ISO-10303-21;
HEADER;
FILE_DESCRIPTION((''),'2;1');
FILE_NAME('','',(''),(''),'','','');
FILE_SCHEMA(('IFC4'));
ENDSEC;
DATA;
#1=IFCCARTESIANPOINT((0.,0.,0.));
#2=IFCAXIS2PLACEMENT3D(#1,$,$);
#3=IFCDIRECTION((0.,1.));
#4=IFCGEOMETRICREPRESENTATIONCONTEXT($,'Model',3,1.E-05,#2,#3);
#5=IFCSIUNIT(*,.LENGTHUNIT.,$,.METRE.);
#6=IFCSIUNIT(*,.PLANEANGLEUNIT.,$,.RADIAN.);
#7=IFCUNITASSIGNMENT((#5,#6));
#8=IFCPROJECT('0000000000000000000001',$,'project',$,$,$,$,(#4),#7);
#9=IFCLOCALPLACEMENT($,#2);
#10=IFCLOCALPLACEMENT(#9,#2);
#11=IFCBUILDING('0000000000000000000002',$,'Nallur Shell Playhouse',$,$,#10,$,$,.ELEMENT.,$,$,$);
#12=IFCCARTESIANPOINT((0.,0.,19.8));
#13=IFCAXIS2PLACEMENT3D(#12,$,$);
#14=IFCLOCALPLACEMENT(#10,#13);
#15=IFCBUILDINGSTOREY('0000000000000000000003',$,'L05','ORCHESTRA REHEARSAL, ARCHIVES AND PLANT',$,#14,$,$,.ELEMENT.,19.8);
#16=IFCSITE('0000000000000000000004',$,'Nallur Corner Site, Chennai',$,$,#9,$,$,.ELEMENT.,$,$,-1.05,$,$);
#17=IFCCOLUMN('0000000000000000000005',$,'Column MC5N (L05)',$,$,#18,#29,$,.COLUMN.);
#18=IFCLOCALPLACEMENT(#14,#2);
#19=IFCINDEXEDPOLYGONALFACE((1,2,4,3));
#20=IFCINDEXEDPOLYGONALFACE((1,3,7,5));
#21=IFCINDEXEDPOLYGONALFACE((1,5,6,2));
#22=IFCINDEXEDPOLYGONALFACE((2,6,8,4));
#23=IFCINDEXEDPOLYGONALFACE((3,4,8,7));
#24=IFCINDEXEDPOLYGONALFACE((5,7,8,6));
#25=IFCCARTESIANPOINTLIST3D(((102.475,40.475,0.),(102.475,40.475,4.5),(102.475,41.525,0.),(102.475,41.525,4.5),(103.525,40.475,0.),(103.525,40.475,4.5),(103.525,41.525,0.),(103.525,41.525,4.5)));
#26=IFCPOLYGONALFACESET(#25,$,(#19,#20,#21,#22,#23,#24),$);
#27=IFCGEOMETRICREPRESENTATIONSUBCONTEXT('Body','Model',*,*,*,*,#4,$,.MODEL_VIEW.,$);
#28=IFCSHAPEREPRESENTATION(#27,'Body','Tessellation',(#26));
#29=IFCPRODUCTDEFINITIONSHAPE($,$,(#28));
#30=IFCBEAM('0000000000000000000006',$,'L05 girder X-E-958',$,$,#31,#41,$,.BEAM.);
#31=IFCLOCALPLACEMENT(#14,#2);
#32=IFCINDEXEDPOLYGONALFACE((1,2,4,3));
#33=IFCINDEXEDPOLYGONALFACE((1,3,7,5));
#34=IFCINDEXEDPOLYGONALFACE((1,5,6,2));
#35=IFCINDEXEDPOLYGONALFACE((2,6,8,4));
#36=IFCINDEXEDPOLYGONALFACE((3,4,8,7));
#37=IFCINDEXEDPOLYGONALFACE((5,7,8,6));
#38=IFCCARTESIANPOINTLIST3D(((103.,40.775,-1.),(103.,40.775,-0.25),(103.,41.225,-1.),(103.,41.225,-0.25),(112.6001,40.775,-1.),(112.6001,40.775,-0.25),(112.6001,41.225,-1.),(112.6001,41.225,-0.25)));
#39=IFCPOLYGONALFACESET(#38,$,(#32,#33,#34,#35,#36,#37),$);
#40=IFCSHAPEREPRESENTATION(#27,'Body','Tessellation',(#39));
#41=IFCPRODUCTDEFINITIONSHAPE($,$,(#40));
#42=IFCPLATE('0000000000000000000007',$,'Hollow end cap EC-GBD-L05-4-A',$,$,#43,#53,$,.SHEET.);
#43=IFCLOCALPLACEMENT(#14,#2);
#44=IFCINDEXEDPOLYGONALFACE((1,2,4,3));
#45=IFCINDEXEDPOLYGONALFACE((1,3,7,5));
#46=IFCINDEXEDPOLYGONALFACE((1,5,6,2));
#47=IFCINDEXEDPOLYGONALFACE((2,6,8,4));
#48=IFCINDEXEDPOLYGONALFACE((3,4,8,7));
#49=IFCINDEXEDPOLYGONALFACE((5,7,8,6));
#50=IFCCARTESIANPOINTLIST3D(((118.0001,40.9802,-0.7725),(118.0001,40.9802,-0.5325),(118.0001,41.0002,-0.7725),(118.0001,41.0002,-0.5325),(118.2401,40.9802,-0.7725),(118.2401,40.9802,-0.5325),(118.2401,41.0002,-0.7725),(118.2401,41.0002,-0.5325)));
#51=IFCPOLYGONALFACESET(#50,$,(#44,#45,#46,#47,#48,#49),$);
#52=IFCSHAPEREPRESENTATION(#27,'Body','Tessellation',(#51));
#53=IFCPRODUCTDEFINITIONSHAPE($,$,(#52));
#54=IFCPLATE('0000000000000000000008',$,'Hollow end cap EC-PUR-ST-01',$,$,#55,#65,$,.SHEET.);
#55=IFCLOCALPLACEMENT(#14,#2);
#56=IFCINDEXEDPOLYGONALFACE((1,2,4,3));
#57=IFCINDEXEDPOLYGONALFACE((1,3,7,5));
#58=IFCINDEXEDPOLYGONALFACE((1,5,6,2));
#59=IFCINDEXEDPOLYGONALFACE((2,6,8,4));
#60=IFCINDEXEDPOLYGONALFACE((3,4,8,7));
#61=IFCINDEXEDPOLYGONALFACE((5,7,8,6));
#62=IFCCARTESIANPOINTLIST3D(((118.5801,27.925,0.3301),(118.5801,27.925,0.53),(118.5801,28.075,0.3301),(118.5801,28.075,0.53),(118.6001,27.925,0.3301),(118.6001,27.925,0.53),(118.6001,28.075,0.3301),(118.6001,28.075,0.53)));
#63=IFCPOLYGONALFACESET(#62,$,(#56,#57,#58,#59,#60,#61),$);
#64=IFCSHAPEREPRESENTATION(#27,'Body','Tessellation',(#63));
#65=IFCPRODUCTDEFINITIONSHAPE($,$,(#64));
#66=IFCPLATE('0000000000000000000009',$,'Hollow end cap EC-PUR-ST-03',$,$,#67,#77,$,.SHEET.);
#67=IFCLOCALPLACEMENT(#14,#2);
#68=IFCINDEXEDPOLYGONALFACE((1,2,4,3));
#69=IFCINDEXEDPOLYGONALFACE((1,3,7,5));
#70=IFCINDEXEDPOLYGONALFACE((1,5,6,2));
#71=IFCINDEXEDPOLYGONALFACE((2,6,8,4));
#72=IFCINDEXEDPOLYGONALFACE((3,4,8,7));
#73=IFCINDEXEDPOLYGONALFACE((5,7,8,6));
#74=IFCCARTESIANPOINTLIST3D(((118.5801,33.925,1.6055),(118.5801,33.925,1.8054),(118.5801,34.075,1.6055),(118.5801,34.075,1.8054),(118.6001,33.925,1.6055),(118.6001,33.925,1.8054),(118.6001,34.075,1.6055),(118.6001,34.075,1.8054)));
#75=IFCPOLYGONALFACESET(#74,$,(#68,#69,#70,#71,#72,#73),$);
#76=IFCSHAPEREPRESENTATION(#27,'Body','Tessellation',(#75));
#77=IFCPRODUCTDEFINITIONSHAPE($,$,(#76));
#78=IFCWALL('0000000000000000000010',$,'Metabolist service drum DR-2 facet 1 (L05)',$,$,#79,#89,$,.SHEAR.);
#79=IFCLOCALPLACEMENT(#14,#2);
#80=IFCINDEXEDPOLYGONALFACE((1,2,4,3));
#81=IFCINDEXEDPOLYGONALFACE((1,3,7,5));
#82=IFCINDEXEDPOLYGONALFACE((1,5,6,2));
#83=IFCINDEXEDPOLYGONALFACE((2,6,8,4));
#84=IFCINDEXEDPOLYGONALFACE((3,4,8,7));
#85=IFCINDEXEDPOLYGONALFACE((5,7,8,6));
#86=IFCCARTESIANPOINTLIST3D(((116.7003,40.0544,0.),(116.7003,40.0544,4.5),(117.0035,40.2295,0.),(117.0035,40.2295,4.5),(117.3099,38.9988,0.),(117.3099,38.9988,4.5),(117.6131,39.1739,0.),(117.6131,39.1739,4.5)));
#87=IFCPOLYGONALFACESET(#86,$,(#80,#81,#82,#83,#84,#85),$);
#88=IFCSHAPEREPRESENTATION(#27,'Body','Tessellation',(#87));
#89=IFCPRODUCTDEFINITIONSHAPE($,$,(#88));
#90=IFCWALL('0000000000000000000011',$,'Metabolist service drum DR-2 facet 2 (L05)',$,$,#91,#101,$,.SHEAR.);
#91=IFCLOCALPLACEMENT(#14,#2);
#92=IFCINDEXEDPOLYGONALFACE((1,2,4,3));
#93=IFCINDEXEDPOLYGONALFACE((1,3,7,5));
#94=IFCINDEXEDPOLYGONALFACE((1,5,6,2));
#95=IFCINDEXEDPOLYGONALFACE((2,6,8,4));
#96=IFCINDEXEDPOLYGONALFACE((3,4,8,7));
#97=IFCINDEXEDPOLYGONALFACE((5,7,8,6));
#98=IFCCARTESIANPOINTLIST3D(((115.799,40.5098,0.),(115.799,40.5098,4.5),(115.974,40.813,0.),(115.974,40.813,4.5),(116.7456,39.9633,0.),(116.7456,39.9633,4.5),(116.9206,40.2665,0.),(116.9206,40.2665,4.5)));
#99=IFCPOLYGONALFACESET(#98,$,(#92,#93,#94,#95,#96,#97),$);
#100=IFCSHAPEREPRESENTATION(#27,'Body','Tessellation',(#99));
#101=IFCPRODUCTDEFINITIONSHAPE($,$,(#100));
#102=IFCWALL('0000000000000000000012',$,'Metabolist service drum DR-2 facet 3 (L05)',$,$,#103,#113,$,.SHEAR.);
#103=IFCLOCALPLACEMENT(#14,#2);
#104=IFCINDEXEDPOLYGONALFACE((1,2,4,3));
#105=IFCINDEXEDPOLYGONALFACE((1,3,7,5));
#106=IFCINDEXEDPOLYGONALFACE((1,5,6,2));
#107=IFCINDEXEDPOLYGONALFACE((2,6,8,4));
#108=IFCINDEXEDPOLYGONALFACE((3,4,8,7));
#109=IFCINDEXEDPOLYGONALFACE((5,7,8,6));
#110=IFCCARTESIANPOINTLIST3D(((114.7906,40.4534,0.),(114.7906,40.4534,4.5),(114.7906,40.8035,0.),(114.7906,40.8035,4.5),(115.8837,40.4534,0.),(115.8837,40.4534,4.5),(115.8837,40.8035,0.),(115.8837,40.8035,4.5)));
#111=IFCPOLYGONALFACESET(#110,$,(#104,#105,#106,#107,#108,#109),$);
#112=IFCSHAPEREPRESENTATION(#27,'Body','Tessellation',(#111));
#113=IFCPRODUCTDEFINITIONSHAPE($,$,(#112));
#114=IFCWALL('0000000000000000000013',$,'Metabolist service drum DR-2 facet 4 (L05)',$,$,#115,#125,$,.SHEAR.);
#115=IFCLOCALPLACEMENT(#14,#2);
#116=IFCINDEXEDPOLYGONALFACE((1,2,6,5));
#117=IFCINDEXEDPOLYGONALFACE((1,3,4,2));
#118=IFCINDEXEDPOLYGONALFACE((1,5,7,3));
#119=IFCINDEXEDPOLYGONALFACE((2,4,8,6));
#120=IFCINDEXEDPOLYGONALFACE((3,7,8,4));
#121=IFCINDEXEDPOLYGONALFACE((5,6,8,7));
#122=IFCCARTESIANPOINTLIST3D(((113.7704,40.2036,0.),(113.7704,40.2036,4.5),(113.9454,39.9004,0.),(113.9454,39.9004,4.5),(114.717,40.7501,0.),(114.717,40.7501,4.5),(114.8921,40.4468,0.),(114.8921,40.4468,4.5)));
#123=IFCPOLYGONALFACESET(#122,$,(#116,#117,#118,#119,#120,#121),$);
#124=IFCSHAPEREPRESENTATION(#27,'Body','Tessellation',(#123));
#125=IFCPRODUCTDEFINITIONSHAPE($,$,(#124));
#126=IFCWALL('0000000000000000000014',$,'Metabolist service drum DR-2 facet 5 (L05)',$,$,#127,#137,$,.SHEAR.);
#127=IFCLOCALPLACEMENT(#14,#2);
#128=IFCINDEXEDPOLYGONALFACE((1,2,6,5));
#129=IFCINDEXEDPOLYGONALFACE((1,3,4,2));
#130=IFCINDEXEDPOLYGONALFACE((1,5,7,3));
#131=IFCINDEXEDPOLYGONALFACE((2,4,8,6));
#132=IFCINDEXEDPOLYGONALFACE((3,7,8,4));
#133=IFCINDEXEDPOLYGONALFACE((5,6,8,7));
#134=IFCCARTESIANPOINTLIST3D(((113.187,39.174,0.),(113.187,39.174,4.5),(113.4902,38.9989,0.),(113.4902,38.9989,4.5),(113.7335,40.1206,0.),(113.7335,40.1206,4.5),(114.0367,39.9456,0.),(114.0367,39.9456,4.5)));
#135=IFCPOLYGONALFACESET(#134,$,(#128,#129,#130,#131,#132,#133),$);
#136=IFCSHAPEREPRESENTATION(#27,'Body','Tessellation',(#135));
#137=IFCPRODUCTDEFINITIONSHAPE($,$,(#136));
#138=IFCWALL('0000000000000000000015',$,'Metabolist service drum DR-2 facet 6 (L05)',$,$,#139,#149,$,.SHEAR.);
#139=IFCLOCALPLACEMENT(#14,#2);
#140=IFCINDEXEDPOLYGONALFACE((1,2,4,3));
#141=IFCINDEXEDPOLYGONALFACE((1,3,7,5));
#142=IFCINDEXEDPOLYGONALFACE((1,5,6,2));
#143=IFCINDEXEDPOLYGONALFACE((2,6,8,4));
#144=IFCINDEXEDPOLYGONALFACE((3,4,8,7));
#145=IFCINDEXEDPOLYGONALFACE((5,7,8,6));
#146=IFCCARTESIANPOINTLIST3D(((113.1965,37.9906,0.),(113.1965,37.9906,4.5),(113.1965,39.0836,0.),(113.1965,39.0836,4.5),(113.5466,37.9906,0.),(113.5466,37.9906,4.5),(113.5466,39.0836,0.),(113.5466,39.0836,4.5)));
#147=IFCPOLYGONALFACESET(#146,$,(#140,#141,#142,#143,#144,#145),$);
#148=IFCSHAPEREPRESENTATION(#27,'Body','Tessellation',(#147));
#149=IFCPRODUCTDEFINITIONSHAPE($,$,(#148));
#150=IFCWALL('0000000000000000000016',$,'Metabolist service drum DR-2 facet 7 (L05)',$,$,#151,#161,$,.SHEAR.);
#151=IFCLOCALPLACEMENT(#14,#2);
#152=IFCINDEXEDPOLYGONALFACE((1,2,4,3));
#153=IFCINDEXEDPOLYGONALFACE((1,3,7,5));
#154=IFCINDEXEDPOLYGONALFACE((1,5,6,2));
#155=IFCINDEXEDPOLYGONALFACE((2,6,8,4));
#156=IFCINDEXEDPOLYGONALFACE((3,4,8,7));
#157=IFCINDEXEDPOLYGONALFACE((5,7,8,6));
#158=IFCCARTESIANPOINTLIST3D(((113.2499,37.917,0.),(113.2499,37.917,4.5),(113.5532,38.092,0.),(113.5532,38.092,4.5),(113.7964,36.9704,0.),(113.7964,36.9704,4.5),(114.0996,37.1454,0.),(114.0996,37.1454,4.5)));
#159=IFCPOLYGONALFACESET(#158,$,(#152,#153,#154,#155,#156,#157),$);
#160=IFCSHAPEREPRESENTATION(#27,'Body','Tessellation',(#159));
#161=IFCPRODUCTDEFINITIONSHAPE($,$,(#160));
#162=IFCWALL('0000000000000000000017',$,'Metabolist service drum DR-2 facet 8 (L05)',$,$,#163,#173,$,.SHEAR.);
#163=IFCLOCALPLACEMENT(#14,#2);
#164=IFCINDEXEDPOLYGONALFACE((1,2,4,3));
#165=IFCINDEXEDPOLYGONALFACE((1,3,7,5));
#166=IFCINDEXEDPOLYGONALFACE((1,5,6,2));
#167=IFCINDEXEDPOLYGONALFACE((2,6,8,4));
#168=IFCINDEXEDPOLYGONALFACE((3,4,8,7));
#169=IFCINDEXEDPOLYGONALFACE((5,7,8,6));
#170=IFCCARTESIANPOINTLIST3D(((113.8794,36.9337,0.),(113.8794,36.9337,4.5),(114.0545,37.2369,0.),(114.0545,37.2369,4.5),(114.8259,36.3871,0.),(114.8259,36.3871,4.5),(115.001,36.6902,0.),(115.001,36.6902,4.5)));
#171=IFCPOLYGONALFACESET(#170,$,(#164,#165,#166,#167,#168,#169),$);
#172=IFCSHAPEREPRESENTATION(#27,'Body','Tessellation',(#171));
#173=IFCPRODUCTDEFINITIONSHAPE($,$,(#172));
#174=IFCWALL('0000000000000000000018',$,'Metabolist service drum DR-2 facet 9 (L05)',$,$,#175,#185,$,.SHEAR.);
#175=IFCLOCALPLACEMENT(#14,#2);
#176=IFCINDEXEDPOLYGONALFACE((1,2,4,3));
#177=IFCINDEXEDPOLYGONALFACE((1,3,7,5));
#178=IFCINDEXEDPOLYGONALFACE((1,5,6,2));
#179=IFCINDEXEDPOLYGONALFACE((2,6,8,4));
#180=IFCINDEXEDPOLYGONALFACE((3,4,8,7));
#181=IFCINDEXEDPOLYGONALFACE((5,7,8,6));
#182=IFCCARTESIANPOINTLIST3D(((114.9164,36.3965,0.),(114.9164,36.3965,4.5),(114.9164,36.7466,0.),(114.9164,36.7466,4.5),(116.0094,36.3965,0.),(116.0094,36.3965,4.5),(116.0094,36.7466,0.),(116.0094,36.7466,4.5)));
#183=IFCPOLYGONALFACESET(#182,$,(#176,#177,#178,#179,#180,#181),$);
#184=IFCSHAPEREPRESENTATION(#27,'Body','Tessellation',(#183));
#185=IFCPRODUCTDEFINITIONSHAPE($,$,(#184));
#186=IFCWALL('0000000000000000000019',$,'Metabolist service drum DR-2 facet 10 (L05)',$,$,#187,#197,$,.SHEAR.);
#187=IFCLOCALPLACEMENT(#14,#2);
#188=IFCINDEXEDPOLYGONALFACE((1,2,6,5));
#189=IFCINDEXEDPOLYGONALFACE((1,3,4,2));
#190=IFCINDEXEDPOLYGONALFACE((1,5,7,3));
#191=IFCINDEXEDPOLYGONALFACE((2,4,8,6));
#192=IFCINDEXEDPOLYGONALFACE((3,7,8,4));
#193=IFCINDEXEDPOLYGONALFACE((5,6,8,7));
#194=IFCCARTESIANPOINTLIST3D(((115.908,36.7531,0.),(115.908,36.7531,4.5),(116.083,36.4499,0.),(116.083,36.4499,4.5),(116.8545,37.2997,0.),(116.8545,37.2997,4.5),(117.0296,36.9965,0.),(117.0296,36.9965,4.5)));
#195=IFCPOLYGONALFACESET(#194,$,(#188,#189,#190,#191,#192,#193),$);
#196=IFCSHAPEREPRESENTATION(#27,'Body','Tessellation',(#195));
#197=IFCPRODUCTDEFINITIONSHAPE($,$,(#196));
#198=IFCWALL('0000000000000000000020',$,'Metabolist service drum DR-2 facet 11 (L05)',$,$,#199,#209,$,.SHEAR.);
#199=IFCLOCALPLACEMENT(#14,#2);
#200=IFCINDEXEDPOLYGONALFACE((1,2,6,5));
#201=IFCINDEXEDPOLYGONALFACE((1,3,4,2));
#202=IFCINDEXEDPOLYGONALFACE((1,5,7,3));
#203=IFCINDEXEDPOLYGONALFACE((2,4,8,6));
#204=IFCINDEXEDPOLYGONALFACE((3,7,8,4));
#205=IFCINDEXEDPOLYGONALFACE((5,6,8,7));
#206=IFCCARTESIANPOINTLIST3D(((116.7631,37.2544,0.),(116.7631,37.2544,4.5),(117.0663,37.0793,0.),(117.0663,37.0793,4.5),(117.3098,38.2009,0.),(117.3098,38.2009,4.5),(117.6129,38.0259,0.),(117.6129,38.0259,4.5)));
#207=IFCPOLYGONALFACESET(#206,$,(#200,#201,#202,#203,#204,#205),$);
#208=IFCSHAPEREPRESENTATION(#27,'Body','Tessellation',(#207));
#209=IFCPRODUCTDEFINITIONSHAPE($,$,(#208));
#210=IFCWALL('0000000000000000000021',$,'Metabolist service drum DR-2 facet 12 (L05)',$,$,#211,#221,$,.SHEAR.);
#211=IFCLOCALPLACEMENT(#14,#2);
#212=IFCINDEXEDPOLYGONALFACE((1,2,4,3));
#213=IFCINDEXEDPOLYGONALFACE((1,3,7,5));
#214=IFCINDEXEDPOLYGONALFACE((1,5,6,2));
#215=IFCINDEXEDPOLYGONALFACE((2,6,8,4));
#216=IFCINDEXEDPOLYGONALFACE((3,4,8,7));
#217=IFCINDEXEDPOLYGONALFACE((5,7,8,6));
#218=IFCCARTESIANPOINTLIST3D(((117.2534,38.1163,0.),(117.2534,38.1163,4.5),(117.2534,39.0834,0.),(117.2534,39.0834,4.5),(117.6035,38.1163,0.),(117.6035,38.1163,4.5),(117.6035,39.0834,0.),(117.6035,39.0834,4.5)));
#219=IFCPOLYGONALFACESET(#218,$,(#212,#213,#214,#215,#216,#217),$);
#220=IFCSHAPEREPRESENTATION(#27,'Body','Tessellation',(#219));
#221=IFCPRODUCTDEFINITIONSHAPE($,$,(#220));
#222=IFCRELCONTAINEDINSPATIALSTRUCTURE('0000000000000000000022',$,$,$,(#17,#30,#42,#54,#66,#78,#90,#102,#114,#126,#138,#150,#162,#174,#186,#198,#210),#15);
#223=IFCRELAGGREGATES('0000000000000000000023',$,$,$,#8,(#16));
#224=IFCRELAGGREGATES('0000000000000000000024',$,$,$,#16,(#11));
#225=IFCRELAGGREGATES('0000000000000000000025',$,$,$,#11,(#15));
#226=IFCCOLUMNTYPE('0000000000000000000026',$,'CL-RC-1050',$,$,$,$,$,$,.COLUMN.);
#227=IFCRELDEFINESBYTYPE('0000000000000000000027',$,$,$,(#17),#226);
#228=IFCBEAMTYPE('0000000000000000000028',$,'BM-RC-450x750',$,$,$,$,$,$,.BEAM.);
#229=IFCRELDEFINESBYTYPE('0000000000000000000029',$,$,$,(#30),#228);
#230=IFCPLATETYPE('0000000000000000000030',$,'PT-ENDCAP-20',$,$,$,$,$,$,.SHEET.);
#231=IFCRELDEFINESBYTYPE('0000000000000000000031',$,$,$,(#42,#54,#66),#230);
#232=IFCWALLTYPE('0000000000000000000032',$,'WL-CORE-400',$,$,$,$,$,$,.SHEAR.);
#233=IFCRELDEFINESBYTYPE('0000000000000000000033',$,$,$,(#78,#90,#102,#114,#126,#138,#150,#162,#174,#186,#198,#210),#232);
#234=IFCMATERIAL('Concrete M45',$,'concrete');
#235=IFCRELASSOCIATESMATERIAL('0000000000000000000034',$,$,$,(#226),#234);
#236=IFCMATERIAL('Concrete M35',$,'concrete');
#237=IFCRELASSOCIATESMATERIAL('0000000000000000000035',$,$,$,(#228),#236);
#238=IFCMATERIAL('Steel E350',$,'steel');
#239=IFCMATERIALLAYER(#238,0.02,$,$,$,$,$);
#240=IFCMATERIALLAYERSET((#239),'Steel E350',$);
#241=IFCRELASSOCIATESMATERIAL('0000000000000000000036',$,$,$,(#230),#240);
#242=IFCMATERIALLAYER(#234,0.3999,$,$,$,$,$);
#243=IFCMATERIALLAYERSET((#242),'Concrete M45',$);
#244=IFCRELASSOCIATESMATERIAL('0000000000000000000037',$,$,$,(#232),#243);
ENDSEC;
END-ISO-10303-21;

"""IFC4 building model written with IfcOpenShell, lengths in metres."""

from ifc_helpers import new_model, si_unit, direction, frame, frame_2d, origin, origin_2d, place, context, subcontext, project, spatial, rectangle, extrude, material, layer, layer_set, material_profile, profile_set, type_object, element, save


model = new_model("IFC4")

# Units and contexts
model_context = context("Model", 3, precision=1e-05, world=origin(), true_north=direction((0.0, 1.0)))
body_context = subcontext(model_context, "Body", "Model", "MODEL_VIEW")
ifc_project = project(units=[si_unit("LENGTHUNIT", "METRE"), si_unit("PLANEANGLEUNIT", "RADIAN")], contexts=[model_context])

# Site, building, storey
site_placement = place(None, origin())
site = spatial("IfcSite", under=ifc_project, at=site_placement, Name="Nallur Corner Site, Chennai", CompositionType="ELEMENT", RefElevation=-1.05)
building_placement = place(site_placement, origin())
building = spatial("IfcBuilding", under=site, at=building_placement, Name="Nallur Shell Playhouse", CompositionType="ELEMENT")
storey_placement = place(building_placement, frame((0.0, 0.0, 19.8)))
storey = spatial("IfcBuildingStorey", under=building, at=storey_placement, Name="L05", Description="ORCHESTRA REHEARSAL, ARCHIVES AND PLANT", CompositionType="ELEMENT", Elevation=19.8)

# Column
ifc_material_1 = material(Name="Concrete M45", Category="concrete")
ifc_material_profile_1 = material_profile(ifc_material_1, rectangle(XDim=1.05, YDim=1.05, at=origin_2d()), Name="RC 1050x1050")
ifc_profile_set_1 = profile_set([ifc_material_profile_1], Name="Concrete M45")
column_type = type_object("IfcColumnType", Name="CL-RC-1050", PredefinedType="COLUMN", material=ifc_profile_set_1)
column_placement = place(storey_placement, frame((103.0, 41.0, 0.0), z_axis=(0.0, 0.0, 1.0), x_axis=(1.0, 0.0, 0.0)))
element("IfcColumn", 1, at=column_placement, inside=storey, type_object=column_type, Name="Column MC5N (L05)", PredefinedType="COLUMN", context=body_context, shape_type="SweptSolid", body=[
    extrude(rectangle(XDim=1.05, YDim=1.05, at=origin_2d()), origin(), (0.0, 0.0, 1.0), 4.5),
])

# Beam
ifc_material_2 = material(Name="Concrete M35", Category="concrete")
ifc_material_profile_2 = material_profile(ifc_material_2, rectangle(XDim=0.45, YDim=0.75, at=origin_2d()), Name="RC 450x750")
ifc_profile_set_2 = profile_set([ifc_material_profile_2], Name="Concrete M35")
beam_type = type_object("IfcBeamType", Name="BM-RC-450x750", PredefinedType="BEAM", material=ifc_profile_set_2)
beam_placement = place(storey_placement, frame((103.0, 41.0, -0.625), z_axis=(1.0, 0.0, 0.0), x_axis=(0.0, 1.0, 0.0)))
element("IfcBeam", 2, at=beam_placement, inside=storey, type_object=beam_type, Name="L05 girder X-E-958", PredefinedType="BEAM", context=body_context, shape_type="SweptSolid", body=[
    extrude(rectangle(XDim=0.45, YDim=0.75, at=origin_2d()), origin(), (0.0, 0.0, 1.0), 9.6001),
])

# Plates
ifc_material_3 = material(Name="Steel E350", Category="steel")
ifc_layer_1 = layer(ifc_material_3, 0.02)
ifc_layer_set_1 = layer_set([ifc_layer_1], Name="Steel E350")
plate_type = type_object("IfcPlateType", Name="PT-ENDCAP-20", PredefinedType="SHEET", material=ifc_layer_set_1)
plate_placement = place(storey_placement, frame((118.1201, 40.9902, -0.7725), z_axis=(0.0, 0.0, 1.0), x_axis=(1.0, 0.0, 0.0)))
element("IfcPlate", 3, at=plate_placement, inside=storey, type_object=plate_type, Name="Hollow end cap EC-GBD-L05-4-A", PredefinedType="SHEET", context=body_context, shape_type="SweptSolid", body=[
    extrude(rectangle(XDim=0.24, YDim=0.02, at=origin_2d()), origin(), (0.0, 0.0, 1.0), 0.24),
])
for number, where, z_axis, x_axis, name in (
    (4, (118.5901, 28.0, 0.3301), (0.0, 0.0, 1.0), (1.0, 0.0, 0.0), "Hollow end cap EC-PUR-ST-01"),
    (5, (118.5901, 34.0, 1.6055), (0.0, 0.0, 1.0), (1.0, 0.0, 0.0), "Hollow end cap EC-PUR-ST-03"),
):
    element("IfcPlate", number, at=place(storey_placement, frame(where, z_axis=z_axis, x_axis=x_axis)), inside=storey, type_object=plate_type, Name=name, PredefinedType="SHEET", context=body_context, shape_type="SweptSolid", body=[
        extrude(rectangle(XDim=0.02, YDim=0.1499, at=origin_2d()), origin(), (0.0, 0.0, 1.0), 0.2),
    ])

# Walls
ifc_layer_2 = layer(ifc_material_1, 0.3999)
ifc_layer_set_2 = layer_set([ifc_layer_2], Name="Concrete M45")
wall_type_1 = type_object("IfcWallType", Name="WL-CORE-400", PredefinedType="SHEAR", material=ifc_layer_set_2)
wall_1_placement = place(storey_placement, frame((117.4614, 39.0864, 0.0), z_axis=(0.0, 0.0, 1.0), x_axis=(-0.500081, 0.865979, 0.0)))
element("IfcWall", 6, at=wall_1_placement, inside=storey, type_object=wall_type_1, Name="Metabolist service drum DR-2 facet 1 (L05)", PredefinedType="SHEAR", context=body_context, shape_type="SweptSolid", body=[
    extrude(rectangle(XDim=1.219, YDim=0.3501, at=frame_2d((0.6094, 0.0))), origin(), (0.0, 0.0, 1.0), 4.5),
])
for number, where, z_axis, x_axis, name in (
    (7, (116.833, 40.115, 0.0), (0.0, 0.0, 1.0), (-0.866063, 0.499935, 0.0), "Metabolist service drum DR-2 facet 2 (L05)"),
    (8, (115.8835, 40.6284, 0.0), (0.0, 0.0, 1.0), (-1.0, 0.0, 0.0), "Metabolist service drum DR-2 facet 3 (L05)"),
    (9, (114.8044, 40.5984, 0.0), (0.0, 0.0, 1.0), (-0.866063, -0.499935, 0.0), "Metabolist service drum DR-2 facet 4 (L05)"),
    (10, (113.885, 40.033, 0.0), (0.0, 0.0, 1.0), (-0.499935, -0.866063, 0.0), "Metabolist service drum DR-2 facet 5 (L05)"),
    (11, (113.3716, 39.0835, 0.0), (0.0, 0.0, 1.0), (0.0, -1.0, 0.0), "Metabolist service drum DR-2 facet 6 (L05)"),
    (12, (113.4016, 38.0044, 0.0), (0.0, 0.0, 1.0), (0.499935, -0.866063, 0.0), "Metabolist service drum DR-2 facet 7 (L05)"),
    (13, (113.967, 37.0852, 0.0), (0.0, 0.0, 1.0), (0.865966, -0.500103, 0.0), "Metabolist service drum DR-2 facet 8 (L05)"),
    (14, (114.9165, 36.5715, 0.0), (0.0, 0.0, 1.0), (1.0, 0.0, 0.0), "Metabolist service drum DR-2 facet 9 (L05)"),
    (15, (115.9956, 36.6016, 0.0), (0.0, 0.0, 1.0), (0.865966, 0.500103, 0.0), "Metabolist service drum DR-2 facet 10 (L05)"),
    (16, (116.9148, 37.167, 0.0), (0.0, 0.0, 1.0), (0.500103, 0.865966, 0.0), "Metabolist service drum DR-2 facet 11 (L05)"),
):
    element("IfcWall", number, at=place(storey_placement, frame(where, z_axis=z_axis, x_axis=x_axis)), inside=storey, type_object=wall_type_1, Name=name, PredefinedType="SHEAR", context=body_context, shape_type="SweptSolid", body=[
        extrude(rectangle(XDim=1.093, YDim=0.3501, at=frame_2d((0.5464, 0.0))), origin(), (0.0, 0.0, 1.0), 4.5),
    ])
wall_2_placement = place(storey_placement, frame((117.4285, 38.1165, 0.0), z_axis=(0.0, 0.0, 1.0), x_axis=(0.0, 1.0, 0.0)))
element("IfcWall", 17, at=wall_2_placement, inside=storey, type_object=wall_type_1, Name="Metabolist service drum DR-2 facet 12 (L05)", PredefinedType="SHEAR", context=body_context, shape_type="SweptSolid", body=[
    extrude(rectangle(XDim=0.967, YDim=0.3501, at=frame_2d((0.4834, 0.0))), origin(), (0.0, 0.0, 1.0), 4.5),
])

save(model, "model.ifc")
